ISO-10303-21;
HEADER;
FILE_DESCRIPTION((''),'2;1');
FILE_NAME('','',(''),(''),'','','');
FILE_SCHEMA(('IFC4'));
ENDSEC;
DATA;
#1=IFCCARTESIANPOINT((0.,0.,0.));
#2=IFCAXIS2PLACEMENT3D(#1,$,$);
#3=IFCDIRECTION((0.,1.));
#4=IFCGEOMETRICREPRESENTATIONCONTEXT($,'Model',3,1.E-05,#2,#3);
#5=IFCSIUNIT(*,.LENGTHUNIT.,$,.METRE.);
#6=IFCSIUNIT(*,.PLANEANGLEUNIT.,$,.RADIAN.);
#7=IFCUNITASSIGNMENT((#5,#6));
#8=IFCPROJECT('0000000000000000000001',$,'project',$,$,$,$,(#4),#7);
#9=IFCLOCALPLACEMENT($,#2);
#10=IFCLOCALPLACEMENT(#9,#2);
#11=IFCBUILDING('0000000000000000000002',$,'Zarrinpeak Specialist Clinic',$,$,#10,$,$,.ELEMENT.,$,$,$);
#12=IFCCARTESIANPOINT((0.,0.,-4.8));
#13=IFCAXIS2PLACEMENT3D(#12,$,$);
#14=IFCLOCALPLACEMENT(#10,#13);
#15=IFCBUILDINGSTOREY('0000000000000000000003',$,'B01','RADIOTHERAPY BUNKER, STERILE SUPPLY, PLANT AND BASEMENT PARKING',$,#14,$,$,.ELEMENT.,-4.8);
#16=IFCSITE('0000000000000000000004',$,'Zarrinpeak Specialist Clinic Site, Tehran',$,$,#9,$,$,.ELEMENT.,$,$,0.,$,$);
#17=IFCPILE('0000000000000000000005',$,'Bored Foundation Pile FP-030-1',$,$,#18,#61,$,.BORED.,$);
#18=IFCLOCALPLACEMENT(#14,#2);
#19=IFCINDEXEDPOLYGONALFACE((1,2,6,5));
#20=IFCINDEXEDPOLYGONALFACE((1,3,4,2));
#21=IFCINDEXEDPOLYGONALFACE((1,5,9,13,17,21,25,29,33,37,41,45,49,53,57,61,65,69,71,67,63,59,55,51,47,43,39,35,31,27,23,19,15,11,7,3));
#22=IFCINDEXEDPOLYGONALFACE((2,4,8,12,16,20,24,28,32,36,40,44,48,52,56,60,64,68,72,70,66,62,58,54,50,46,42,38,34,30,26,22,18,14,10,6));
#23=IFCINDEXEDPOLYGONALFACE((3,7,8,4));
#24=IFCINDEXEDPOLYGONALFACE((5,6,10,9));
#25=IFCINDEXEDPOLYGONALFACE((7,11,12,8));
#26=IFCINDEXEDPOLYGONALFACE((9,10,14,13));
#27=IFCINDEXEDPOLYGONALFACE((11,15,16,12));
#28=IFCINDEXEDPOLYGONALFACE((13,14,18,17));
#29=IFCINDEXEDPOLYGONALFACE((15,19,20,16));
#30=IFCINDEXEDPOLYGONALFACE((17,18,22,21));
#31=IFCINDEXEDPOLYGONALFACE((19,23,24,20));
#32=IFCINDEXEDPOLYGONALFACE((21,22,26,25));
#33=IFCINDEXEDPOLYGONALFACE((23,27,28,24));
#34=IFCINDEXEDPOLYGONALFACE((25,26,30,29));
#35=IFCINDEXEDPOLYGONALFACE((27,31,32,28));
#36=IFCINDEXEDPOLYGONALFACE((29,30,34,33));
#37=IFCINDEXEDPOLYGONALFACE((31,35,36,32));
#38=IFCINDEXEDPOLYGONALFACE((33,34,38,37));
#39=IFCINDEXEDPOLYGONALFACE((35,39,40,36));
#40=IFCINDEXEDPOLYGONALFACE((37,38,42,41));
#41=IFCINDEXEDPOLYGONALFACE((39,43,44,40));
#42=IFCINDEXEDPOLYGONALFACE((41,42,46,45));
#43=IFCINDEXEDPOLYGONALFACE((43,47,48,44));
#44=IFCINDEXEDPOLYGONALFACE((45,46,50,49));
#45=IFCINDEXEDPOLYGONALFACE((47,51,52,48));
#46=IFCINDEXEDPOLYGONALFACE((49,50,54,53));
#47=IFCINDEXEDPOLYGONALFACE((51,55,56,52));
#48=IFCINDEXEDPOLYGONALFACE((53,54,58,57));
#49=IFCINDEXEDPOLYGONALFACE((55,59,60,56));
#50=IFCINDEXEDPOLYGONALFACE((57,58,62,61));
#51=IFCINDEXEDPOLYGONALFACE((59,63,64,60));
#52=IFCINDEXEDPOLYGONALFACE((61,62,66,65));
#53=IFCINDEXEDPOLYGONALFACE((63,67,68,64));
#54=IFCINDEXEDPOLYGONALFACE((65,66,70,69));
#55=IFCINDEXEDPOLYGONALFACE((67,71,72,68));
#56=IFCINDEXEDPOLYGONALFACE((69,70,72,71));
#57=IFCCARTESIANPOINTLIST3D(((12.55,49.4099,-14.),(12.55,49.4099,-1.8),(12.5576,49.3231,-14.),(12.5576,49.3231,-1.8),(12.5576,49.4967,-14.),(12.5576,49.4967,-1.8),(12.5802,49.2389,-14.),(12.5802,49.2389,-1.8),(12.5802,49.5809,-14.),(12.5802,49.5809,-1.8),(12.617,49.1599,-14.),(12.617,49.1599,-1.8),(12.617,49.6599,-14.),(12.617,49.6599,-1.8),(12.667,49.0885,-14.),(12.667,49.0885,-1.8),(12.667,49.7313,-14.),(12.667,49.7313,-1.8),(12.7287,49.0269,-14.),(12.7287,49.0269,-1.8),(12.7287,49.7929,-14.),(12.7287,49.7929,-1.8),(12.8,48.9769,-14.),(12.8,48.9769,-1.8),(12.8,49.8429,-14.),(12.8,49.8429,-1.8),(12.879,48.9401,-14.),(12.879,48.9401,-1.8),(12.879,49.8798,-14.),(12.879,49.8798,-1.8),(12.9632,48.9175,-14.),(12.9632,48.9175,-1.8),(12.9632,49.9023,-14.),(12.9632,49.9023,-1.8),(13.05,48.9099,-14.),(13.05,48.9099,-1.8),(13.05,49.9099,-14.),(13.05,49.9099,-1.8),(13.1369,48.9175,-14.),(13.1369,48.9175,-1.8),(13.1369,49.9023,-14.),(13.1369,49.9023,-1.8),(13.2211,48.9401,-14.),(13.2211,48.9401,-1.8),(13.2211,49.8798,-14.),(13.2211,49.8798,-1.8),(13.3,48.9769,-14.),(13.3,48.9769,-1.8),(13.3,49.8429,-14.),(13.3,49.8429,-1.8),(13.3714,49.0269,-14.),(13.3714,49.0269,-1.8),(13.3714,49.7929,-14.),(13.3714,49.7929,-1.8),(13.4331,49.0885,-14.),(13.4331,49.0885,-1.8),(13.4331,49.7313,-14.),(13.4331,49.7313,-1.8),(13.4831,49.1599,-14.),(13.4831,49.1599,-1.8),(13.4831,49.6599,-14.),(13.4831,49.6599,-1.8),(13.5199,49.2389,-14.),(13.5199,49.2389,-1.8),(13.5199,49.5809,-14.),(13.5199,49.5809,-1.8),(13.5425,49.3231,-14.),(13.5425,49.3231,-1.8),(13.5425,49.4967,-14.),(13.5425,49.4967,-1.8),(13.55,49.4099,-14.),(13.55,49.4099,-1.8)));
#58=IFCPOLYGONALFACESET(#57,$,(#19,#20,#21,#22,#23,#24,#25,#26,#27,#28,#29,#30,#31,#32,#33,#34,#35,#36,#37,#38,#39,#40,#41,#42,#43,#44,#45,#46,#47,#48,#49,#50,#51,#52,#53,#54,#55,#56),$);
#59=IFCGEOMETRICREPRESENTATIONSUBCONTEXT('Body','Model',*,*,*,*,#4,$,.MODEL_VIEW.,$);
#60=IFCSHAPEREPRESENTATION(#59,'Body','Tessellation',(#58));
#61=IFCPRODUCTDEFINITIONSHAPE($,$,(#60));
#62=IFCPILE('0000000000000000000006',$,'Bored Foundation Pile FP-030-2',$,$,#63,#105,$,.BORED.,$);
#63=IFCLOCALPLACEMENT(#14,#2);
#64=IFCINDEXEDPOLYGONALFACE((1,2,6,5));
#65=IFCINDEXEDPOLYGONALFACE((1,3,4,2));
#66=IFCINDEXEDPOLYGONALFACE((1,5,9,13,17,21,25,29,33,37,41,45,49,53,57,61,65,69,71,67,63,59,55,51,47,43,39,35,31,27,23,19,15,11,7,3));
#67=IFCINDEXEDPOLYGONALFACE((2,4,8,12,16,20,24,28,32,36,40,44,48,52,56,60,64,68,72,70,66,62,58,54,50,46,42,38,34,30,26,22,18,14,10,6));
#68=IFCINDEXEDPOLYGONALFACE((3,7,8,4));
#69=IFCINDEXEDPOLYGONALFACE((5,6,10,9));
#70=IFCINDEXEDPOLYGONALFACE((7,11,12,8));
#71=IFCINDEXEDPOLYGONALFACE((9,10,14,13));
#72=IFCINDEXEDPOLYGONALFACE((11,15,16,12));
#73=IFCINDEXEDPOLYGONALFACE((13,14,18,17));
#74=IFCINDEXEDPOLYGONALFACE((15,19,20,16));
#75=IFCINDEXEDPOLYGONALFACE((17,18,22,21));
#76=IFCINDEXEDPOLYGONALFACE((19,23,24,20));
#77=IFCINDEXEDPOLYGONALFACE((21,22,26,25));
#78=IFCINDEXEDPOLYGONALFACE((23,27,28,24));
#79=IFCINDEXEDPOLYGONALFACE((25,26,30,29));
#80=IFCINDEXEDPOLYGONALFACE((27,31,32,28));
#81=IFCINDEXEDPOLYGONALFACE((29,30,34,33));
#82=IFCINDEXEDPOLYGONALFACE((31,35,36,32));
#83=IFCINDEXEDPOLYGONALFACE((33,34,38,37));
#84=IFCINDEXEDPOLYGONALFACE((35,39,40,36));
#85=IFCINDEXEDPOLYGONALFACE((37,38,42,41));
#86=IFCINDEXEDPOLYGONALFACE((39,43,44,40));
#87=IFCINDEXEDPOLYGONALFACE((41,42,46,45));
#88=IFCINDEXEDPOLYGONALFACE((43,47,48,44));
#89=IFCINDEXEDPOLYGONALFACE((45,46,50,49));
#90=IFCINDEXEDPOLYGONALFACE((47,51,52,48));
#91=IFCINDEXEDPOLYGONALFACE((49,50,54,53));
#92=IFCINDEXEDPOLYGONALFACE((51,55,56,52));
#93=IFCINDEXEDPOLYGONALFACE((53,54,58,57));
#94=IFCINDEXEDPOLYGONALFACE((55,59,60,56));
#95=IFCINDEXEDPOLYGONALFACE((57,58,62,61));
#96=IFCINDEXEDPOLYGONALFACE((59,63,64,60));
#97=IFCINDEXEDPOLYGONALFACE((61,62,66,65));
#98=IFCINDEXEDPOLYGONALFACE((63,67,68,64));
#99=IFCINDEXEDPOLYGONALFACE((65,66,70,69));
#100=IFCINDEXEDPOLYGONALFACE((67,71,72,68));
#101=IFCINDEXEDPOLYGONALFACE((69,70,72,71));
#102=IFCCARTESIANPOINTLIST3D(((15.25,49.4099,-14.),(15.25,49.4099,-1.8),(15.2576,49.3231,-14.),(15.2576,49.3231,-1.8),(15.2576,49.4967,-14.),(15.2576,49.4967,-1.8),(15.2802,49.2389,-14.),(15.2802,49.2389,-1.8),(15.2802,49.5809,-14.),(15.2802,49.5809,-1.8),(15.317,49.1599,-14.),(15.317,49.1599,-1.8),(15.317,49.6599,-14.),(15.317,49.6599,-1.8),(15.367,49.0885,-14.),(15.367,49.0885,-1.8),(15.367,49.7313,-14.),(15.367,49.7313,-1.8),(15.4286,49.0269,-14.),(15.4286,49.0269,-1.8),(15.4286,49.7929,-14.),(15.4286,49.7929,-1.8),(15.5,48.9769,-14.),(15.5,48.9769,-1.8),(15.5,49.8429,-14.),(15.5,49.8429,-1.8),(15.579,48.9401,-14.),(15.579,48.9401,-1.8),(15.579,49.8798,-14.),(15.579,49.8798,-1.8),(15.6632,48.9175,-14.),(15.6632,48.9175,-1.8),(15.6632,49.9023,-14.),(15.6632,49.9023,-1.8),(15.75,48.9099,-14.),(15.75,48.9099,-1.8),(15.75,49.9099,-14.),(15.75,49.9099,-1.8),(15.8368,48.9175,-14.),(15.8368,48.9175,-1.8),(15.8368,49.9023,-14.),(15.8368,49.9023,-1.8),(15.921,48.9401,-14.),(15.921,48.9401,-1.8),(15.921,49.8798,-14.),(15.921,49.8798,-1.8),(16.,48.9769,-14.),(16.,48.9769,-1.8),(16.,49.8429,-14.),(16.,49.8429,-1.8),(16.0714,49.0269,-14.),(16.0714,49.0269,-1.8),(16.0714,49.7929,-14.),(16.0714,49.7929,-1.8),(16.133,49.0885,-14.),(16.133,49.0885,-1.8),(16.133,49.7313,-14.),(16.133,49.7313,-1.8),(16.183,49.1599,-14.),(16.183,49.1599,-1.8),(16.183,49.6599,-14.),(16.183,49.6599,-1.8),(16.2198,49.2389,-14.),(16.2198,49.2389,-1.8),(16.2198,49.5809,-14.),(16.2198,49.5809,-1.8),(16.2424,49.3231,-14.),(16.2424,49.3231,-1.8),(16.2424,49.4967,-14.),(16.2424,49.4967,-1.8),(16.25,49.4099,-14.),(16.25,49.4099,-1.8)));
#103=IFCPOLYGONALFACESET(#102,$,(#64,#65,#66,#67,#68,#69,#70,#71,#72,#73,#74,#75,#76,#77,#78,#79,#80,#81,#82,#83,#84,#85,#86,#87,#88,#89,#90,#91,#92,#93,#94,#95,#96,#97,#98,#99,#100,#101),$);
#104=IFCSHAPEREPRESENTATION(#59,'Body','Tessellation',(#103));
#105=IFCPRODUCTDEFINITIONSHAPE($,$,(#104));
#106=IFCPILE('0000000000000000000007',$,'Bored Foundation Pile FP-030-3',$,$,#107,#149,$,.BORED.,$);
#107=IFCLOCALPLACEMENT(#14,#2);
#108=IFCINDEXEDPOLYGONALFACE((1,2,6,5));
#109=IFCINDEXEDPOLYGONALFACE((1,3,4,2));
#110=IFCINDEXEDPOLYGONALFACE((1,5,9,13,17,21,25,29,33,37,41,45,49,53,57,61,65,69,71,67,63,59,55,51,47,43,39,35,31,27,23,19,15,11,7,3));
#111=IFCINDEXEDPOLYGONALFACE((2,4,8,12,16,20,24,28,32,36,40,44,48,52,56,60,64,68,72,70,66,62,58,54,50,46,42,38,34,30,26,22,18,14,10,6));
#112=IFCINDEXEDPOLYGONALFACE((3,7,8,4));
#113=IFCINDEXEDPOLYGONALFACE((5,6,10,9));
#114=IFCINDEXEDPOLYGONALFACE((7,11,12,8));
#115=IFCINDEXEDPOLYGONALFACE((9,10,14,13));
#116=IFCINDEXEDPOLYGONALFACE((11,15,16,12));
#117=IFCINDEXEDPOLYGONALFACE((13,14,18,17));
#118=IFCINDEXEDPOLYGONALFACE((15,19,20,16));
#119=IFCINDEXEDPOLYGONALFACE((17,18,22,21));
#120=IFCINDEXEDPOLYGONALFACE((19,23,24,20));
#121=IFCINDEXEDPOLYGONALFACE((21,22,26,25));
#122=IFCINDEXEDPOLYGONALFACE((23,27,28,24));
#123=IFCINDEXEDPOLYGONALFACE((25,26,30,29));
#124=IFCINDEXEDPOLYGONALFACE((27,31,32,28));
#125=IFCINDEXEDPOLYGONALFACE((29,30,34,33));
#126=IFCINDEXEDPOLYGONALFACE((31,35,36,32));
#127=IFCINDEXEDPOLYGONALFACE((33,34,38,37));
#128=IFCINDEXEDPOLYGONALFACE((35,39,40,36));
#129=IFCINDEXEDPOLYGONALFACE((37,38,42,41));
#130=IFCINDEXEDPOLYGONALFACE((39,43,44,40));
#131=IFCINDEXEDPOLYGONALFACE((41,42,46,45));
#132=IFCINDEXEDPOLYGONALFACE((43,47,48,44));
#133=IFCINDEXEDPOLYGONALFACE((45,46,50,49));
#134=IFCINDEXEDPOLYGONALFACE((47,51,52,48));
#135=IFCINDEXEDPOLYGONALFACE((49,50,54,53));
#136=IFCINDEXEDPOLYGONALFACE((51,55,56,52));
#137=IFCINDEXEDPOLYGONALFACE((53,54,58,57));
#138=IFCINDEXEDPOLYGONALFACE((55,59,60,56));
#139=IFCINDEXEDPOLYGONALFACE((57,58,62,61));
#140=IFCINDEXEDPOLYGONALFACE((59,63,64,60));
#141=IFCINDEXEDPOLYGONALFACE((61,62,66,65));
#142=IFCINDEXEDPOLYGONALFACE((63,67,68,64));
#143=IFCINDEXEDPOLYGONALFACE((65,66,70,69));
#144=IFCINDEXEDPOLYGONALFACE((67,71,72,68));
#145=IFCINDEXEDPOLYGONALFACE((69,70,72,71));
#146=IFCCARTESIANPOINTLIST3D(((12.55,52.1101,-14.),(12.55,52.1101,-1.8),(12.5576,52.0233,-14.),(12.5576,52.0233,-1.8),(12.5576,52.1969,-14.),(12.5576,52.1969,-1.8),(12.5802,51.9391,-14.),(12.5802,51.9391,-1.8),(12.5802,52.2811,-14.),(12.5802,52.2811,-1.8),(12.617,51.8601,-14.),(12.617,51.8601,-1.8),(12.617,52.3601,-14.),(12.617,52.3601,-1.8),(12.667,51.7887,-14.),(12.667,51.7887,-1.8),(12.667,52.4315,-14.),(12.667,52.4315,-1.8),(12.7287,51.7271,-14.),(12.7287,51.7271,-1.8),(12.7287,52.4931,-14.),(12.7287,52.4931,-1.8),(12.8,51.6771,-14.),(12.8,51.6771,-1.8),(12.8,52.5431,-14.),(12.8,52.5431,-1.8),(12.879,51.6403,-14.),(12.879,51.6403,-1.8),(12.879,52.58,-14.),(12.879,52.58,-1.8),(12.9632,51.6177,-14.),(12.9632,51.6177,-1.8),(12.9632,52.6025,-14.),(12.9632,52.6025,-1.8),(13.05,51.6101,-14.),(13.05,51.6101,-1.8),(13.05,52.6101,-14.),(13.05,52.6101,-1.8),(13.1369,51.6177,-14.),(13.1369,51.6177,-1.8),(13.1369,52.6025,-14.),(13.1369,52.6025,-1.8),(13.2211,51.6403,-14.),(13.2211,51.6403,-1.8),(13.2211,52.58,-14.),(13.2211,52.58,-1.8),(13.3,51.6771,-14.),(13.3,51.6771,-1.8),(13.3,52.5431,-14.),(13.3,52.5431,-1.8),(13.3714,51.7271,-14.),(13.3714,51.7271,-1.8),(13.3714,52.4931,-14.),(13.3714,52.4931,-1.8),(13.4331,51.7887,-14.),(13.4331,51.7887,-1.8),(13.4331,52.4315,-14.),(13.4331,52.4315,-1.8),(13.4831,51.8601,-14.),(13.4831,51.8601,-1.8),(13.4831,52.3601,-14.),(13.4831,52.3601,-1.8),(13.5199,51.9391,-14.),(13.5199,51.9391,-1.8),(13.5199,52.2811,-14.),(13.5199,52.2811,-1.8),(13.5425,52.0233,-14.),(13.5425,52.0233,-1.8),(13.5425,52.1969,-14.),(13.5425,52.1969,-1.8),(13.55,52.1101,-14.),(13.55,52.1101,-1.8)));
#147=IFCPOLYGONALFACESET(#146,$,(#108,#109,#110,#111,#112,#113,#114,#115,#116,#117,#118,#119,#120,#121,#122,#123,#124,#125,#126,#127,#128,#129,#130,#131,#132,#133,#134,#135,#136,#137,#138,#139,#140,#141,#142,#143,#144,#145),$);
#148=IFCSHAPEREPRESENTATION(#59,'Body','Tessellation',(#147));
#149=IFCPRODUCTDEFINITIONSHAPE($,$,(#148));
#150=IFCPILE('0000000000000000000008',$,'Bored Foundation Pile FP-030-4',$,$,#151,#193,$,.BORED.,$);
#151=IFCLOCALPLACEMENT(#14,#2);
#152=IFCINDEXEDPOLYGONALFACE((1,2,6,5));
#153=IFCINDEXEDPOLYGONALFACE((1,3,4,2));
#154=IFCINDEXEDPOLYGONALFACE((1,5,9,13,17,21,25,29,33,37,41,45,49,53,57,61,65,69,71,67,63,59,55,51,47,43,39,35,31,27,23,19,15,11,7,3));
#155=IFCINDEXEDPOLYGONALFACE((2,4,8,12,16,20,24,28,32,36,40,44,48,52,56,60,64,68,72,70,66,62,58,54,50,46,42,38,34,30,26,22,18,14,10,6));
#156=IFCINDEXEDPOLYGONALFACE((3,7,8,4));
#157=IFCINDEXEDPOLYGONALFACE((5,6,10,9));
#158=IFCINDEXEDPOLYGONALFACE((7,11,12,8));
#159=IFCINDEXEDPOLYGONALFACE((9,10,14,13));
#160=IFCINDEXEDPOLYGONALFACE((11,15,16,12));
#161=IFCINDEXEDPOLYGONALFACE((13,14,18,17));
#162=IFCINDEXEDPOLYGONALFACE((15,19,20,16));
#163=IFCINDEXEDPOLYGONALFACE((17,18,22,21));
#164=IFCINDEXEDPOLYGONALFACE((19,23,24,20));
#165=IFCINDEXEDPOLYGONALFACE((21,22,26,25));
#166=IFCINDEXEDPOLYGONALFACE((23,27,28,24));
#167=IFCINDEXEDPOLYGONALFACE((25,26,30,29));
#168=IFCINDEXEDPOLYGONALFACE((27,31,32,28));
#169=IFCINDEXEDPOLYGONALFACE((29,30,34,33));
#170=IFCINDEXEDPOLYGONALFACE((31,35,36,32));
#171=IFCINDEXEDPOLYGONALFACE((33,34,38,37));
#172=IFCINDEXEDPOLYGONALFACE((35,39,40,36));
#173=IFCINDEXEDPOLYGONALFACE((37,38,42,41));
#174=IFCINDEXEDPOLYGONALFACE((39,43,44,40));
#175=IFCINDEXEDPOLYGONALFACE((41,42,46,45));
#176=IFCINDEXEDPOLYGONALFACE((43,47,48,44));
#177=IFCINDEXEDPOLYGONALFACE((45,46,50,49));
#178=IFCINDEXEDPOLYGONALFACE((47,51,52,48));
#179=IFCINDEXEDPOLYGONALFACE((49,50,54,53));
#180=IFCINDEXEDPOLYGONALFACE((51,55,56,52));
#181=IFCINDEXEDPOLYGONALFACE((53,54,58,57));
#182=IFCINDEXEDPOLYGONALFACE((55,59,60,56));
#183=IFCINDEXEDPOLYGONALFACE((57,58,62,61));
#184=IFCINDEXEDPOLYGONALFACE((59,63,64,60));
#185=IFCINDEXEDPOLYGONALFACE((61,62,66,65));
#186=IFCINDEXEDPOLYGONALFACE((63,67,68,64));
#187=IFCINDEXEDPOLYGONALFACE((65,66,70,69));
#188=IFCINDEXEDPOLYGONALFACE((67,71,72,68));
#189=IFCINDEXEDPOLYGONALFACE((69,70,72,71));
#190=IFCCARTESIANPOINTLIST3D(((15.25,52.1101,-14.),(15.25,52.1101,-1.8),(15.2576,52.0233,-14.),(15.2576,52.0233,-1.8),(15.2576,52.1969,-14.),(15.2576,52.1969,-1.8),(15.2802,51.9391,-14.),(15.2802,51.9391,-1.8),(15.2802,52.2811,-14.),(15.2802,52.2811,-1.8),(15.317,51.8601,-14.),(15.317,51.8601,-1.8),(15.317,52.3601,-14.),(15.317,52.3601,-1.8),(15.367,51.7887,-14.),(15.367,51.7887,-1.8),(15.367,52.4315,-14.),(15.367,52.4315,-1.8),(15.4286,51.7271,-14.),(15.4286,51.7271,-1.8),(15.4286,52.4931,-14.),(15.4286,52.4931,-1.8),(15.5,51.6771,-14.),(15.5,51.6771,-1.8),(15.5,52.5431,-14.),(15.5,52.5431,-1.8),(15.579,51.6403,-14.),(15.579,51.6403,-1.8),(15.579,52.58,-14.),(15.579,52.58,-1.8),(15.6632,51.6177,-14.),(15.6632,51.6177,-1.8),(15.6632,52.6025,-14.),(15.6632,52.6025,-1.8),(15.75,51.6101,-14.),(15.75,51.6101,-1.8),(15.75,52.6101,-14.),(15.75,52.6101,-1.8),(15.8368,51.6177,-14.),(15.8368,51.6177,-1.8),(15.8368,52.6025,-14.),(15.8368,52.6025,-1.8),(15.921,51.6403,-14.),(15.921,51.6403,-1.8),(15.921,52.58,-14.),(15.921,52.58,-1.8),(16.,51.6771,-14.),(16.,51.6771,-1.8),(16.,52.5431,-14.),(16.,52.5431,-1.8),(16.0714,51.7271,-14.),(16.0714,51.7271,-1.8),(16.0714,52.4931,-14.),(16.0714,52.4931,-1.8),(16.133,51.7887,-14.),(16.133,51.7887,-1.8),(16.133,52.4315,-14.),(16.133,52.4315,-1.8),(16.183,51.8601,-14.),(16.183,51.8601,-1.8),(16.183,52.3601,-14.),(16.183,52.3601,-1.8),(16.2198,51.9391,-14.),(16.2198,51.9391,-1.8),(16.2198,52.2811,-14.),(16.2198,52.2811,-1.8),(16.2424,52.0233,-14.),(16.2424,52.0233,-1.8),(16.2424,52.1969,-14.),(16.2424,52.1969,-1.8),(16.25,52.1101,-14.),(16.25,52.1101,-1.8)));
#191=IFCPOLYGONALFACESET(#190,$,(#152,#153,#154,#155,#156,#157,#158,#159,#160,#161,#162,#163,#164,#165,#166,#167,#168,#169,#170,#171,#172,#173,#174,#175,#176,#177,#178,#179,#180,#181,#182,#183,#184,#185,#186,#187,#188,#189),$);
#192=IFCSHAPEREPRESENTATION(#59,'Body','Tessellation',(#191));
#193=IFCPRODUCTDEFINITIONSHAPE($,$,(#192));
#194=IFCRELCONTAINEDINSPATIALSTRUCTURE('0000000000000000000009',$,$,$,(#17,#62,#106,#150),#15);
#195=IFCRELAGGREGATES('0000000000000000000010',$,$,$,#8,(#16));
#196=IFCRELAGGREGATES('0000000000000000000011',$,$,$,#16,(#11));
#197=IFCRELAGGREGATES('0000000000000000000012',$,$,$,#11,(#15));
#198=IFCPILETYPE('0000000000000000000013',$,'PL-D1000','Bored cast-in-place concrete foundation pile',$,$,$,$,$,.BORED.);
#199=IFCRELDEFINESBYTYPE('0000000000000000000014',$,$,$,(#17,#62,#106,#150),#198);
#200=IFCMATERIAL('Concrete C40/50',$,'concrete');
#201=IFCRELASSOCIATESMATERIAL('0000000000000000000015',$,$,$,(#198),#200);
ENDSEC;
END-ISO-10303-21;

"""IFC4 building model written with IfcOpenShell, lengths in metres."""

from ifc_helpers import new_model, si_unit, direction, frame, origin, origin_2d, place, context, subcontext, project, spatial, circle, extrude, material, material_profile, profile_set, type_object, element, save


model = new_model("IFC4")

# Units and contexts
model_context = context("Model", 3, precision=1e-05, world=origin(), true_north=direction((0.0, 1.0)))
body_context = subcontext(model_context, "Body", "Model", "MODEL_VIEW")
ifc_project = project(units=[si_unit("LENGTHUNIT", "METRE"), si_unit("PLANEANGLEUNIT", "RADIAN")], contexts=[model_context])

# Site, building, storey
site_placement = place(None, origin())
site = spatial("IfcSite", under=ifc_project, at=site_placement, Name="Zarrinpeak Specialist Clinic Site, Tehran", CompositionType="ELEMENT", RefElevation=0.0)
building_placement = place(site_placement, origin())
building = spatial("IfcBuilding", under=site, at=building_placement, Name="Zarrinpeak Specialist Clinic", CompositionType="ELEMENT")
storey_placement = place(building_placement, frame((0.0, 0.0, -4.8)))
storey = spatial("IfcBuildingStorey", under=building, at=storey_placement, Name="B01", Description="RADIOTHERAPY BUNKER, STERILE SUPPLY, PLANT AND BASEMENT PARKING", CompositionType="ELEMENT", Elevation=-4.8)

# Shared definitions
ifc_material_1 = material(Name="Concrete C40/50", Category="concrete")

# Piles
ifc_material_profile_1 = material_profile(ifc_material_1, circle(Radius=0.5, at=origin_2d()), Name="BORED PILE D1000")
ifc_profile_set_1 = profile_set([ifc_material_profile_1], Name="Concrete C40/50")
pile_type_1 = type_object("IfcPileType", Name="PL-D1000", Description="Bored cast-in-place concrete foundation pile", PredefinedType="BORED", material=ifc_profile_set_1)
for number, where, z_axis, x_axis, name in (
    (1, (13.05, 49.4099, -1.8), (0.0, 0.0, -1.0), (1.0, 0.0, 0.0), "Bored Foundation Pile FP-030-1"),
    (2, (15.75, 49.4099, -1.8), (0.0, 0.0, -1.0), (1.0, 0.0, 0.0), "Bored Foundation Pile FP-030-2"),
    (3, (13.05, 52.1101, -1.8), (0.0, 0.0, -1.0), (1.0, 0.0, 0.0), "Bored Foundation Pile FP-030-3"),
    (4, (15.75, 52.1101, -1.8), (0.0, 0.0, -1.0), (1.0, 0.0, 0.0), "Bored Foundation Pile FP-030-4"),
):
    element("IfcPile", number, at=place(storey_placement, frame(where, z_axis=z_axis, x_axis=x_axis)), inside=storey, type_object=pile_type_1, Name=name, PredefinedType="BORED", context=body_context, shape_type="SweptSolid", body=[
        extrude(circle(Radius=0.5, at=origin_2d()), origin(), (0.0, 0.0, 1.0), 12.2),
    ])

save(model, "model.ifc")
